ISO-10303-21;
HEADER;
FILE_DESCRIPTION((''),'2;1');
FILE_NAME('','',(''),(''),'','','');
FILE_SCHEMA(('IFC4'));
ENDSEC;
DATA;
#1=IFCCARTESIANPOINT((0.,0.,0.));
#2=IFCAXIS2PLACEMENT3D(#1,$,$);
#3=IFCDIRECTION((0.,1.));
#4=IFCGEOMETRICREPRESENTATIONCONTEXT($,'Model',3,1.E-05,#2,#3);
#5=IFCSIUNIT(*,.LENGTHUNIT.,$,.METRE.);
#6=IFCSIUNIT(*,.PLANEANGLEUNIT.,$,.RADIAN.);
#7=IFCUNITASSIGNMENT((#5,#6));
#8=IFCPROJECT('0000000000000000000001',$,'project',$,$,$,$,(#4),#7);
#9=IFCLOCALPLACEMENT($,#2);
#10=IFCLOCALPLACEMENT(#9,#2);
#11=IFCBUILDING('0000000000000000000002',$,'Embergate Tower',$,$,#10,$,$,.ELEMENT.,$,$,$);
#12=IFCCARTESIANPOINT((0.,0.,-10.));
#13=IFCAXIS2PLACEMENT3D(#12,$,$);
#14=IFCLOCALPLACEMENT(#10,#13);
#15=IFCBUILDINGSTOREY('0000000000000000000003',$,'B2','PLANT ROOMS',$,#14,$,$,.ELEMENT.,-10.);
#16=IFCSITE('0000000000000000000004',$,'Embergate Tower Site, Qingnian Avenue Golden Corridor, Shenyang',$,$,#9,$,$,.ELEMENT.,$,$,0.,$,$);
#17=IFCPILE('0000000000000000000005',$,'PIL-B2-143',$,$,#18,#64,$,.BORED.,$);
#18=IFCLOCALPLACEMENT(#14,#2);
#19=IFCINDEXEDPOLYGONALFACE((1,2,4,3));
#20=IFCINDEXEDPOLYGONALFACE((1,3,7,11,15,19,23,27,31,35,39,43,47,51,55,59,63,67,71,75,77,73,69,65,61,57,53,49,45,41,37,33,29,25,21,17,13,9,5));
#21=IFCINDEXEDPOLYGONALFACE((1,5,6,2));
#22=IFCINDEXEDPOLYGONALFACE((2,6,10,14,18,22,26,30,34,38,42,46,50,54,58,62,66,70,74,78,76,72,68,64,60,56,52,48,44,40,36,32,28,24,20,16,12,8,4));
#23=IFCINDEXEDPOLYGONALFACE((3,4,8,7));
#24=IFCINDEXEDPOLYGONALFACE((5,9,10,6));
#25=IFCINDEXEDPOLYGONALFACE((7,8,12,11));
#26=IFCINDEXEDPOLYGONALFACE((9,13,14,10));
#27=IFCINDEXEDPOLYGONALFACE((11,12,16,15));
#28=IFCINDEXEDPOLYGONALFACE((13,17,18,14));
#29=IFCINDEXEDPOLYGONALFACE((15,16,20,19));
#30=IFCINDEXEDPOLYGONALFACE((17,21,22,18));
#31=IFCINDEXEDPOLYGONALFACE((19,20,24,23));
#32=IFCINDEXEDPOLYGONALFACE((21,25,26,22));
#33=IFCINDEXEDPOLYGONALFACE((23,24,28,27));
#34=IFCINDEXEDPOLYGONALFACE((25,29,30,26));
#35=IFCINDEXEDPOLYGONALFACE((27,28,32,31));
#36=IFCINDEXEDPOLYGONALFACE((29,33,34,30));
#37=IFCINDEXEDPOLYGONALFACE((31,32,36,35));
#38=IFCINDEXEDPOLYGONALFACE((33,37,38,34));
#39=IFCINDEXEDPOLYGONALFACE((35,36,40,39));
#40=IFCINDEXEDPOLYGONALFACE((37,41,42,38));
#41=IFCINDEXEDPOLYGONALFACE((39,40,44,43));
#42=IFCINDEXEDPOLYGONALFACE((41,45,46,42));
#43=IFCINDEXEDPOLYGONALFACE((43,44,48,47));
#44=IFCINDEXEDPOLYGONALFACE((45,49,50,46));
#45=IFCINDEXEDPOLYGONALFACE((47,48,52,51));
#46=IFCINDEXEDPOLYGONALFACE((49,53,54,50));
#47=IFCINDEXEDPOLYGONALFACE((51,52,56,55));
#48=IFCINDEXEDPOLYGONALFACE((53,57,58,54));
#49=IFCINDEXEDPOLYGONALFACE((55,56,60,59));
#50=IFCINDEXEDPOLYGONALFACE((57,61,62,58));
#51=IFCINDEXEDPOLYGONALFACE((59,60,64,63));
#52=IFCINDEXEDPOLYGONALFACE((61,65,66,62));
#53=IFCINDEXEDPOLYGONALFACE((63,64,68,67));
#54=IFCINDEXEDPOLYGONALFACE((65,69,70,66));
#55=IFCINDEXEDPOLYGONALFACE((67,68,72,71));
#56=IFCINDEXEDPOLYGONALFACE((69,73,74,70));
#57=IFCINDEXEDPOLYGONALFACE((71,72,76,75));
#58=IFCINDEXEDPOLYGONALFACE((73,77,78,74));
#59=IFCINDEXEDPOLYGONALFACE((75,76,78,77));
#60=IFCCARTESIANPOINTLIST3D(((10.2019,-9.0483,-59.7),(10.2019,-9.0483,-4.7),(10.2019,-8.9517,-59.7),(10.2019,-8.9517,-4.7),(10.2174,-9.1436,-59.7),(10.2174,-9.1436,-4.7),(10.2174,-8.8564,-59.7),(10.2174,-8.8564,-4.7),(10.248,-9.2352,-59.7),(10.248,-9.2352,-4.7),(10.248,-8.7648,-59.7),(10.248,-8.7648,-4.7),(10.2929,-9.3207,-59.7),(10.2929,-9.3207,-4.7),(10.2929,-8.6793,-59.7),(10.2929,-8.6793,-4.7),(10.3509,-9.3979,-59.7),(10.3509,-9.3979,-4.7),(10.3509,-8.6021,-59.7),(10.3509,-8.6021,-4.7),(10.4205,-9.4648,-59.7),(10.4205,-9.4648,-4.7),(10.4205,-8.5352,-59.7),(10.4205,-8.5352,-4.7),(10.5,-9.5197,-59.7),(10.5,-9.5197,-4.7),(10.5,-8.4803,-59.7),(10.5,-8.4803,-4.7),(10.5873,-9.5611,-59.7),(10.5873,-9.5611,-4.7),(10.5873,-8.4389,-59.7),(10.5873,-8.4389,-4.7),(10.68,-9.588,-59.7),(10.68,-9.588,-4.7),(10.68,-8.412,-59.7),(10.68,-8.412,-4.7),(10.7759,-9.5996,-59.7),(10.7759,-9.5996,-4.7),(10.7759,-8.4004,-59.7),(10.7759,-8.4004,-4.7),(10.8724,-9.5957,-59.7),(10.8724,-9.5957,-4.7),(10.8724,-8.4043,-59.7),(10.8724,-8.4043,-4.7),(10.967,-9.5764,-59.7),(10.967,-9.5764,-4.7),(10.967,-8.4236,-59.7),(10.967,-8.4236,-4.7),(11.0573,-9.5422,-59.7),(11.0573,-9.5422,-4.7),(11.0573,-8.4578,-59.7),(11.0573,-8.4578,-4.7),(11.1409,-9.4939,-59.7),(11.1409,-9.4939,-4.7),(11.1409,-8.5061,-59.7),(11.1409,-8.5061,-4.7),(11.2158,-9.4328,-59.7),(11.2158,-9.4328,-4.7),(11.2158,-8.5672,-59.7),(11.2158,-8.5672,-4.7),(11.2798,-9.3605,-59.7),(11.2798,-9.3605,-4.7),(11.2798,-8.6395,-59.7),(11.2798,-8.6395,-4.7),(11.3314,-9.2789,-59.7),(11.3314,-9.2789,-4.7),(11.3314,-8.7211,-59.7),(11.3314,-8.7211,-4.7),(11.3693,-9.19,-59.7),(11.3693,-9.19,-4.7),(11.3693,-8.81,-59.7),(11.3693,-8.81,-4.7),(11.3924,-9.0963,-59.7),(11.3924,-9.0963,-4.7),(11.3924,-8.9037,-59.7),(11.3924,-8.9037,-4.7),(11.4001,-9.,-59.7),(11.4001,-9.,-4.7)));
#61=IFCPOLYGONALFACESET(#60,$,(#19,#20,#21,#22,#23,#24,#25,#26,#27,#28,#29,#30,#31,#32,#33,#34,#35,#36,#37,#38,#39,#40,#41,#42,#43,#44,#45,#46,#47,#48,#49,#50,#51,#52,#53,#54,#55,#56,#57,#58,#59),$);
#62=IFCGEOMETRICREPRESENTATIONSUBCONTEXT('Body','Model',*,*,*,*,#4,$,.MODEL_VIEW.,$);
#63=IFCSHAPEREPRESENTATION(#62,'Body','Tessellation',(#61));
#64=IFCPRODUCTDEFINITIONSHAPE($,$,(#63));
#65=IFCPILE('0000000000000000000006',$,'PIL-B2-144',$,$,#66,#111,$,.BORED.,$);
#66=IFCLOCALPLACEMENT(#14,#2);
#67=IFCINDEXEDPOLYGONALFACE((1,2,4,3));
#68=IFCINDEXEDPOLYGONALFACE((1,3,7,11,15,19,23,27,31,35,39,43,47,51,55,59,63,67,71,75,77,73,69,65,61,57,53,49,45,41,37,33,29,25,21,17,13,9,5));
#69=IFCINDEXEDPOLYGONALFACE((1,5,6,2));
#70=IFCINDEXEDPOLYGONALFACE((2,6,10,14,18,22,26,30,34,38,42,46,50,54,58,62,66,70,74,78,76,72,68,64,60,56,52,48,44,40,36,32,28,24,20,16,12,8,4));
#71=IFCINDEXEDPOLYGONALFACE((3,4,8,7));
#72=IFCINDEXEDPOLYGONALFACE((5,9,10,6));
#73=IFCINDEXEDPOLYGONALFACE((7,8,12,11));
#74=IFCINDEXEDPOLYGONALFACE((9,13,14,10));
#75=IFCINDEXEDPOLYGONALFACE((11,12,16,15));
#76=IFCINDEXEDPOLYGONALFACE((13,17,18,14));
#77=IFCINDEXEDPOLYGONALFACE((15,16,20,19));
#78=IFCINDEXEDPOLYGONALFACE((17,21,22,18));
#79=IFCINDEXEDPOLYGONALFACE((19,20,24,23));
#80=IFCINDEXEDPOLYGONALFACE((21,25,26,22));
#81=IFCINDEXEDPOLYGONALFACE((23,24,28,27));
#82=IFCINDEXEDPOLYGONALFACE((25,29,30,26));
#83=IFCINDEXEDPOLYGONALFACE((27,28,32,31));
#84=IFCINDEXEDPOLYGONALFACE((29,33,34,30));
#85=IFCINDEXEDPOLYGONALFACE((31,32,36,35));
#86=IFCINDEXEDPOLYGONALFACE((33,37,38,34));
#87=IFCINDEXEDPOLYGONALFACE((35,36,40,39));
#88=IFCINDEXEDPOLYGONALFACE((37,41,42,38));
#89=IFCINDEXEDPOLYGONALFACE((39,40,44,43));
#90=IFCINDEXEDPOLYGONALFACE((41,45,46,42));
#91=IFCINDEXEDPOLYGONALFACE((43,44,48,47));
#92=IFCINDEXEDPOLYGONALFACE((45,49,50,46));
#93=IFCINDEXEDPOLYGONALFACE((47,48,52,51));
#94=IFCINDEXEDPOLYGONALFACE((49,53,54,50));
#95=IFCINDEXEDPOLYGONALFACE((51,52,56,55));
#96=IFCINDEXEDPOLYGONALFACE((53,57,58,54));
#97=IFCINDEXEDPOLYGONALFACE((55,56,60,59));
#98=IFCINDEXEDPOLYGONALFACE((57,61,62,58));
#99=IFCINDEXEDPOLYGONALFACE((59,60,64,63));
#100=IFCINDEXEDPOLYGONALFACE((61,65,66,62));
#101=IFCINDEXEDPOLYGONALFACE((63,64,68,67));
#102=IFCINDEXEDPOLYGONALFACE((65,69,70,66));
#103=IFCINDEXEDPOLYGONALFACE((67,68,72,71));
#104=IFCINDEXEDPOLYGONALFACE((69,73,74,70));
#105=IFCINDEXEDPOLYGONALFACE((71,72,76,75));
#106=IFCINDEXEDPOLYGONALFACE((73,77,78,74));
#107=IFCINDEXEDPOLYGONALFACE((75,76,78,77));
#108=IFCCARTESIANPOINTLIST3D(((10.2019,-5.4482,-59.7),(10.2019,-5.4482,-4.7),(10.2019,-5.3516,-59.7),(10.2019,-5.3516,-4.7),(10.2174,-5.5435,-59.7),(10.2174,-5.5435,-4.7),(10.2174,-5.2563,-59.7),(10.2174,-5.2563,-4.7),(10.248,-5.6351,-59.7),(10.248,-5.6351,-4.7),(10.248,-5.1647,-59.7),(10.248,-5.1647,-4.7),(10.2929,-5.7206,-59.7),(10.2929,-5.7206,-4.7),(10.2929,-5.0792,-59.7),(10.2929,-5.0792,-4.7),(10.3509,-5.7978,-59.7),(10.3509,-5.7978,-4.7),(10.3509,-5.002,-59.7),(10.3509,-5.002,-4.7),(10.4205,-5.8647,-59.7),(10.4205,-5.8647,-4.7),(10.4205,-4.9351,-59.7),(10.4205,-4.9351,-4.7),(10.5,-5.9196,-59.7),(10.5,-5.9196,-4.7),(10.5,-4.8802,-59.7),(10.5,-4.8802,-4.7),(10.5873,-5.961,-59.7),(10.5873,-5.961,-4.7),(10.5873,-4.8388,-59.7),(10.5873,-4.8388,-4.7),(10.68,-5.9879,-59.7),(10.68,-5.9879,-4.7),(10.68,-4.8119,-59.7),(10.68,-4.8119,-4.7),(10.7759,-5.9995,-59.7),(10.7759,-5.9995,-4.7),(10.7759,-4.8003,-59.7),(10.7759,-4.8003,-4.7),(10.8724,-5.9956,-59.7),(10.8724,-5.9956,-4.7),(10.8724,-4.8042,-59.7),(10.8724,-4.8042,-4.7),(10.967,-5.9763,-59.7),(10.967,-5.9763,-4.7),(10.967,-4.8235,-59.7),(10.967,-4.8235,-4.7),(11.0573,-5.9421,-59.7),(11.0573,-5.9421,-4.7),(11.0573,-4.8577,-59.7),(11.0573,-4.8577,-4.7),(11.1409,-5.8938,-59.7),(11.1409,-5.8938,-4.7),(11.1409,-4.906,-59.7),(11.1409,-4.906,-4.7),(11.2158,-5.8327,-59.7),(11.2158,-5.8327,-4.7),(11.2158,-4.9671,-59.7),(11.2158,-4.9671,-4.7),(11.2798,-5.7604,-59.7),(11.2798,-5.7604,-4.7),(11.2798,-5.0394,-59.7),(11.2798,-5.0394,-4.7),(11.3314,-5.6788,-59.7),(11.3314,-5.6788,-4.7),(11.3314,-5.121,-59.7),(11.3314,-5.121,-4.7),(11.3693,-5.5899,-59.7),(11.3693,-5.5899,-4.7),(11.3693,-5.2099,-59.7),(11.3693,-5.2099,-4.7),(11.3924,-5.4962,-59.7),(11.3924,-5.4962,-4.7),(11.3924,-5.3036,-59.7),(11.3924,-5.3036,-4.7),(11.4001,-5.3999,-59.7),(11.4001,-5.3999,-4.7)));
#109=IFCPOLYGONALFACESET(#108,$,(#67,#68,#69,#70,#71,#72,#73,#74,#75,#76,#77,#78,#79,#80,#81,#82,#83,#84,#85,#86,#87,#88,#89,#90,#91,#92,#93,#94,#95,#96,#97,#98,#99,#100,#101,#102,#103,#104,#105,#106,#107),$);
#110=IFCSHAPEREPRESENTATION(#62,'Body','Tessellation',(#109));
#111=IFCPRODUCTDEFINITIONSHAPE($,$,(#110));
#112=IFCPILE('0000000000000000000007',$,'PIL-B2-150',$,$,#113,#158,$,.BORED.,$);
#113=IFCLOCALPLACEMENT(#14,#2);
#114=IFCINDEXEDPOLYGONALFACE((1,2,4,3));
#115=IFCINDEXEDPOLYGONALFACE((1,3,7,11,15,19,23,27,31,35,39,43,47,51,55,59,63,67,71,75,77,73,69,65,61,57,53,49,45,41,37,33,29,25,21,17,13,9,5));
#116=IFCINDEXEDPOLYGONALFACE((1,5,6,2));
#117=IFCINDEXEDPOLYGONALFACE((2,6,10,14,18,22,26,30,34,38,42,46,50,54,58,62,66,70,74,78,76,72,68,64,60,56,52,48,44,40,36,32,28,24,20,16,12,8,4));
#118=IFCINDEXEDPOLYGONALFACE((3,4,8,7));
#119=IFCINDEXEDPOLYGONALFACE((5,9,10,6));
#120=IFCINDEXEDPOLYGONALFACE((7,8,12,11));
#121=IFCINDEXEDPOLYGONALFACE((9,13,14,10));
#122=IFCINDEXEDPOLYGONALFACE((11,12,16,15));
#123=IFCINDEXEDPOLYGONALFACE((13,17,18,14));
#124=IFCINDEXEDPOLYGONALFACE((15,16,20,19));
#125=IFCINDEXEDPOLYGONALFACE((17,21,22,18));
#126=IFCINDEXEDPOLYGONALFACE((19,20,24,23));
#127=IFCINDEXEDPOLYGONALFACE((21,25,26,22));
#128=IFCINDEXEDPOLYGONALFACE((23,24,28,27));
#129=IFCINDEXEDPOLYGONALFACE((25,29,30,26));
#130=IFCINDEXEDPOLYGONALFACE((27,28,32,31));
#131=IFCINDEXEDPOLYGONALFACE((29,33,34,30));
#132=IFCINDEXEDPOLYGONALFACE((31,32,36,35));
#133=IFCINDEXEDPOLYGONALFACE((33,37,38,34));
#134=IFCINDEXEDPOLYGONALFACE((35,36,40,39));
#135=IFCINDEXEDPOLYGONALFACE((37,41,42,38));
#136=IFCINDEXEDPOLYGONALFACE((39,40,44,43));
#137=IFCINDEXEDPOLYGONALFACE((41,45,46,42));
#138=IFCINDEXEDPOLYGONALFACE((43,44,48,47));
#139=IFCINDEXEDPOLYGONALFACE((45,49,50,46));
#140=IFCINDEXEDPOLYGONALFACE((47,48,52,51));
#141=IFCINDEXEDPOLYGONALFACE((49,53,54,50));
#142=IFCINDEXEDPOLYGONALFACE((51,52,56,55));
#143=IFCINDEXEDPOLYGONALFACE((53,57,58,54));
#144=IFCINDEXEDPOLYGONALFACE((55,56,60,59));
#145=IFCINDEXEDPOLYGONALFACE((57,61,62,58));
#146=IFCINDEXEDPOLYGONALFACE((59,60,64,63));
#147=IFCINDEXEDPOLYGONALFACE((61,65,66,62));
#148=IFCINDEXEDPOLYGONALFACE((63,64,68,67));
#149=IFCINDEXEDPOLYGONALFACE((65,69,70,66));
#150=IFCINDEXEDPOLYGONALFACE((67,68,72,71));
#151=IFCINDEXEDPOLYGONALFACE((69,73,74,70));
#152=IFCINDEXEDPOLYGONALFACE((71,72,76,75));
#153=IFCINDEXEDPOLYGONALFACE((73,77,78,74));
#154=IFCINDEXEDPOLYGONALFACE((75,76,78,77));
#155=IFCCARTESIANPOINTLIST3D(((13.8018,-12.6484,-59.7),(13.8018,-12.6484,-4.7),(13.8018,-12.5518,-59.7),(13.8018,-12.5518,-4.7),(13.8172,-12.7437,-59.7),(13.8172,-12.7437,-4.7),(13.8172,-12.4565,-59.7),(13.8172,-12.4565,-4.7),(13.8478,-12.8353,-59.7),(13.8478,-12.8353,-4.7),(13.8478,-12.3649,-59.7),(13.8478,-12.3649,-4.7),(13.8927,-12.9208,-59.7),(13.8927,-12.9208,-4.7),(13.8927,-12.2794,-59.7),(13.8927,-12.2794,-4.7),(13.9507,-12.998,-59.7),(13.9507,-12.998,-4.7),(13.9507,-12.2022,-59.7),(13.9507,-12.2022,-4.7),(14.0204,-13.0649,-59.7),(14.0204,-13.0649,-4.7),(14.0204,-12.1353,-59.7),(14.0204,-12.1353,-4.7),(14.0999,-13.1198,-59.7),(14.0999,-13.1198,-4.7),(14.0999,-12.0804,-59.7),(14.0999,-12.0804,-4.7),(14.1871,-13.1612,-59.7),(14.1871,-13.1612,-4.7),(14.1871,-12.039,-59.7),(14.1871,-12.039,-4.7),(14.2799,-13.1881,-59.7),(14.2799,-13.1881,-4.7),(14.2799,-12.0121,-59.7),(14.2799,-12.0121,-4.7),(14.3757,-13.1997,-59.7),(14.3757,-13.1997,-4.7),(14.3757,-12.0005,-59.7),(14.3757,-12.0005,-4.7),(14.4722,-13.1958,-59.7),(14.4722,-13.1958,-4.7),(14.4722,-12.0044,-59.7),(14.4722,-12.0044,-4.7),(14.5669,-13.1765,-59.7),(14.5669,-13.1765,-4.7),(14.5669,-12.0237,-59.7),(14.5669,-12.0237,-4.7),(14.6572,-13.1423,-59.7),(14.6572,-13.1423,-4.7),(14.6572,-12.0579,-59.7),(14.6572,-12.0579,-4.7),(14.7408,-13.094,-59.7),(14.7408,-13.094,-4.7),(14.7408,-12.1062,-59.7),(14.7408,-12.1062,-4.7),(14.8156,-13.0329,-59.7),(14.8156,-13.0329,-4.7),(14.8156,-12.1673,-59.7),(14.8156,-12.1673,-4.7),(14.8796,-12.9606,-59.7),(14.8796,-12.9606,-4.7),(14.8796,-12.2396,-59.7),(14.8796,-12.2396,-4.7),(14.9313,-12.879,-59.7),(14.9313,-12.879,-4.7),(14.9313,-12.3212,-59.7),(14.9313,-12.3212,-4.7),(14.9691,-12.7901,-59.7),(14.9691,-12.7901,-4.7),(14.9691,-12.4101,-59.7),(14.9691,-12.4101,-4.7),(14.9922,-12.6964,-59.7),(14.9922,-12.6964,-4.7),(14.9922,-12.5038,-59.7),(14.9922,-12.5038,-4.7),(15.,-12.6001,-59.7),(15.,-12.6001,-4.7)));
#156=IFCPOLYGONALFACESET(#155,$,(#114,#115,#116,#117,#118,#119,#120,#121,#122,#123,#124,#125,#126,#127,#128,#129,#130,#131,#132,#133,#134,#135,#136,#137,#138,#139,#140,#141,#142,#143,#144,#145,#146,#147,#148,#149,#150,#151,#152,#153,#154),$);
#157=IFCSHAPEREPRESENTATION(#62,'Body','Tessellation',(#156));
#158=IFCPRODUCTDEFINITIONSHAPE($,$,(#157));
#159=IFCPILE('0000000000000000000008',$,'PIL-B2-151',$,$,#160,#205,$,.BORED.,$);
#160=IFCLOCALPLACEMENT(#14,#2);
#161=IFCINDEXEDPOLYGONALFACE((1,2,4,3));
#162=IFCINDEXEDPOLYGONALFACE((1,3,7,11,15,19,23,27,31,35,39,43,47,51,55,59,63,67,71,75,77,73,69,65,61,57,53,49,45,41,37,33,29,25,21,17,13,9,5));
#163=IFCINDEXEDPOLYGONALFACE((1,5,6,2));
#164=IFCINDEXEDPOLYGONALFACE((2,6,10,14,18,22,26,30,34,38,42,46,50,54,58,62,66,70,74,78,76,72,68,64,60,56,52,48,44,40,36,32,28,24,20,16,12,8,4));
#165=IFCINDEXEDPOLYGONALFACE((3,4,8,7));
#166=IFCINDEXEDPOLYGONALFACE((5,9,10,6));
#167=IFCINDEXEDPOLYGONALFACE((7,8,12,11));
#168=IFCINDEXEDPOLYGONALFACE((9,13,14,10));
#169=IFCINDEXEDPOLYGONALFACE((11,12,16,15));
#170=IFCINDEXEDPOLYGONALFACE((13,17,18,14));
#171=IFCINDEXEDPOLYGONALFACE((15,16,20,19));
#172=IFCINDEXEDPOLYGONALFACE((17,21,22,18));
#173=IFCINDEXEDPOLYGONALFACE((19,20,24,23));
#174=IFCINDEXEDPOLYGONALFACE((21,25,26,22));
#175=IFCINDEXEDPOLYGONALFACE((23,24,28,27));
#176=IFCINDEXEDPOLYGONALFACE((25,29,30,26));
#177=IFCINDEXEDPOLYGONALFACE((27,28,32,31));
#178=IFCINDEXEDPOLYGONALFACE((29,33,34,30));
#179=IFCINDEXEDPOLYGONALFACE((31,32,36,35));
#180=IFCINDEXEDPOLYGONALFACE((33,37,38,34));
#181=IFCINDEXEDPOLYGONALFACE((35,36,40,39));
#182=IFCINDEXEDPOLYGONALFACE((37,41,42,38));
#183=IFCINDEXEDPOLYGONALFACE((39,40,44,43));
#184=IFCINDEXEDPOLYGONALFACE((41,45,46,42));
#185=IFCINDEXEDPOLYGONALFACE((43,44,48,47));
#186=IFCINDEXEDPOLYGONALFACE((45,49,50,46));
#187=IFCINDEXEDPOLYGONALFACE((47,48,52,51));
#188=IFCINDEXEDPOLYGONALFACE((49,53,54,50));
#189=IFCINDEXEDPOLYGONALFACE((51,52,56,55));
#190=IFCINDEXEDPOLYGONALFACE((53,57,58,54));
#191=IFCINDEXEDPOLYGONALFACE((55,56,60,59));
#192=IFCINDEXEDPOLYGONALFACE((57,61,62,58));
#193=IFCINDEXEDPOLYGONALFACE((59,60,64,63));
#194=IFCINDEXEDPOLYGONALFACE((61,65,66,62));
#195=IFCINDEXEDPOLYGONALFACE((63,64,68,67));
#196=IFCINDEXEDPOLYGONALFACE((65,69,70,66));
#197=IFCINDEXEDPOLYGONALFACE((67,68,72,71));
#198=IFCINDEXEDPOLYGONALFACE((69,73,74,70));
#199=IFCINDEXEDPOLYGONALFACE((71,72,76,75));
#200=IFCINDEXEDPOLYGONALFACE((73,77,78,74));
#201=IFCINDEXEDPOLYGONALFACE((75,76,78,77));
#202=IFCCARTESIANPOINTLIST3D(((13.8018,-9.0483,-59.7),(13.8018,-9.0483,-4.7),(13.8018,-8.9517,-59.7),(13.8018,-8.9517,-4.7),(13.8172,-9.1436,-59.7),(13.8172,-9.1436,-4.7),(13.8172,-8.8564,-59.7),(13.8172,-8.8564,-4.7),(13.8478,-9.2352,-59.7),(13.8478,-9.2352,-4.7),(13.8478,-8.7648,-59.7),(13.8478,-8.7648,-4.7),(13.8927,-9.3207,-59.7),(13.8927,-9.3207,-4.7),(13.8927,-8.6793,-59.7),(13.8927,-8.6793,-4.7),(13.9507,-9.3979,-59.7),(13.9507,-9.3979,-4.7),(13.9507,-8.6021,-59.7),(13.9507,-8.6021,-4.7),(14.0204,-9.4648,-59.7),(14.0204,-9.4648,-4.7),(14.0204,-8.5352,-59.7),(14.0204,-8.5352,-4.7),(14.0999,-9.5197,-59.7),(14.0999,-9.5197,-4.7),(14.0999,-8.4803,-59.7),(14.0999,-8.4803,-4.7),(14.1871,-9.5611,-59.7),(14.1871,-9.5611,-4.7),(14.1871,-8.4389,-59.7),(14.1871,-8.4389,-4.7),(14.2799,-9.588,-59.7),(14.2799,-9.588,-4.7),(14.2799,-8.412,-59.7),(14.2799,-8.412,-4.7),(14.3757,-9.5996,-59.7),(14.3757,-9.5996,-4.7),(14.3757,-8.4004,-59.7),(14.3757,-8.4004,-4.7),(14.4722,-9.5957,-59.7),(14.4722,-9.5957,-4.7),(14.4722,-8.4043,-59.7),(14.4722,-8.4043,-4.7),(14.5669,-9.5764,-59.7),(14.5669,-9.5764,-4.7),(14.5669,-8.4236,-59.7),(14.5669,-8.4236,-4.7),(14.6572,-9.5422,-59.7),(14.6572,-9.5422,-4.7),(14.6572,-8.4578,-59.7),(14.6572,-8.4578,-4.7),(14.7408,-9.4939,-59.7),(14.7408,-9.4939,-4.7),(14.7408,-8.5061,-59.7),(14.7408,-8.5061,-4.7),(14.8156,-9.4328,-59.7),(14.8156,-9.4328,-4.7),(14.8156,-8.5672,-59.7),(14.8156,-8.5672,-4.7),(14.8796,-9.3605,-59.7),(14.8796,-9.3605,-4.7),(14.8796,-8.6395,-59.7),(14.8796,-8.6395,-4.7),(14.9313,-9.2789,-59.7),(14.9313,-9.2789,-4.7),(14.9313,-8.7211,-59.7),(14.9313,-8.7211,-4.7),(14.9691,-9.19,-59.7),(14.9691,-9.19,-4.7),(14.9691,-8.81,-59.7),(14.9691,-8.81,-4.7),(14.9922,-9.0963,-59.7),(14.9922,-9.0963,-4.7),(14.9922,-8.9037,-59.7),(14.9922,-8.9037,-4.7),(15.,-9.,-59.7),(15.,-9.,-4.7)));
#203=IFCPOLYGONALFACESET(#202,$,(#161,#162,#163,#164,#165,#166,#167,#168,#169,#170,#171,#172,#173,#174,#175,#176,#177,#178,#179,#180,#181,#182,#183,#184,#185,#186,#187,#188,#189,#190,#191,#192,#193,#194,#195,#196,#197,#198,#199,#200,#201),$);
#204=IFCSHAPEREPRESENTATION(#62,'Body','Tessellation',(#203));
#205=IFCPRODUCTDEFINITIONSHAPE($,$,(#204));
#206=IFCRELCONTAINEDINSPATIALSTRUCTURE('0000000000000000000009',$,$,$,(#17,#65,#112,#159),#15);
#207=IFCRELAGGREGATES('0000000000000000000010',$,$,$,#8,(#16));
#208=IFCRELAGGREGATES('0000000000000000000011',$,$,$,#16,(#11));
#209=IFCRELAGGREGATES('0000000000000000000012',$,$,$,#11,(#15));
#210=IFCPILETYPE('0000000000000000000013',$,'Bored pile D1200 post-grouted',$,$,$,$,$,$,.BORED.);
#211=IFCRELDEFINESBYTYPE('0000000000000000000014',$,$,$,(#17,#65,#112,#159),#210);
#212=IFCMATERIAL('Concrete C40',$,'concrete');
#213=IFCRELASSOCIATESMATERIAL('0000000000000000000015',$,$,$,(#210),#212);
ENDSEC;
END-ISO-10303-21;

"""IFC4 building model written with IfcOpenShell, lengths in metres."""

from ifc_helpers import new_model, si_unit, direction, frame, origin, origin_2d, place, context, subcontext, project, spatial, circle, extrude, source, transform, mapped, material, material_profile, profile_set, type_object, element, save


model = new_model("IFC4")

# Units and contexts
model_context = context("Model", 3, precision=1e-05, world=origin(), true_north=direction((0.0, 1.0)))
body_context = subcontext(model_context, "Body", "Model", "MODEL_VIEW")
ifc_project = project(units=[si_unit("LENGTHUNIT", "METRE"), si_unit("PLANEANGLEUNIT", "RADIAN")], contexts=[model_context])

# Site, building, storey
site_placement = place(None, origin())
site = spatial("IfcSite", under=ifc_project, at=site_placement, Name="Embergate Tower Site, Qingnian Avenue Golden Corridor, Shenyang", CompositionType="ELEMENT", RefElevation=0.0)
building_placement = place(site_placement, origin())
building = spatial("IfcBuilding", under=site, at=building_placement, Name="Embergate Tower", CompositionType="ELEMENT")
storey_placement = place(building_placement, frame((0.0, 0.0, -10.0)))
storey = spatial("IfcBuildingStorey", under=building, at=storey_placement, Name="B2", Description="PLANT ROOMS", CompositionType="ELEMENT", Elevation=-10.0)

# Piles
ifc_material_1 = material(Name="Concrete C40", Category="concrete")
ifc_material_profile = material_profile(ifc_material_1, circle(Radius=0.6001, at=origin_2d()), Name="D1200")
ifc_profile_set = profile_set([ifc_material_profile], Name="Concrete C40")
pile_type = type_object("IfcPileType", Name="Bored pile D1200 post-grouted", PredefinedType="BORED", material=ifc_profile_set)
shared_shape_1 = source(origin(), body_context, "Body", "SweptSolid", [
    extrude(circle(Radius=0.6001, at=origin_2d()), origin(), (0.0, 0.0, 1.0), 55.0),
])
for number, where, z_axis, x_axis, name in (
    (1, (10.8, -9.0, -4.7), (0.0, 0.0, -1.0), (1.0, 0.0, 0.0), "PIL-B2-143"),
    (2, (10.8, -5.3999, -4.7), (0.0, 0.0, -1.0), (1.0, 0.0, 0.0), "PIL-B2-144"),
    (3, (14.3999, -12.6001, -4.7), (0.0, 0.0, -1.0), (1.0, 0.0, 0.0), "PIL-B2-150"),
    (4, (14.3999, -9.0, -4.7), (0.0, 0.0, -1.0), (1.0, 0.0, 0.0), "PIL-B2-151"),
):
    element("IfcPile", number, at=place(storey_placement, frame(where, z_axis=z_axis, x_axis=x_axis)), inside=storey, type_object=pile_type, Name=name, PredefinedType="BORED", context=body_context, shape_type="MappedRepresentation", body=[
        mapped(shared_shape_1, transform((0.0, 0.0, 0.0))),
    ])

save(model, "model.ifc")
